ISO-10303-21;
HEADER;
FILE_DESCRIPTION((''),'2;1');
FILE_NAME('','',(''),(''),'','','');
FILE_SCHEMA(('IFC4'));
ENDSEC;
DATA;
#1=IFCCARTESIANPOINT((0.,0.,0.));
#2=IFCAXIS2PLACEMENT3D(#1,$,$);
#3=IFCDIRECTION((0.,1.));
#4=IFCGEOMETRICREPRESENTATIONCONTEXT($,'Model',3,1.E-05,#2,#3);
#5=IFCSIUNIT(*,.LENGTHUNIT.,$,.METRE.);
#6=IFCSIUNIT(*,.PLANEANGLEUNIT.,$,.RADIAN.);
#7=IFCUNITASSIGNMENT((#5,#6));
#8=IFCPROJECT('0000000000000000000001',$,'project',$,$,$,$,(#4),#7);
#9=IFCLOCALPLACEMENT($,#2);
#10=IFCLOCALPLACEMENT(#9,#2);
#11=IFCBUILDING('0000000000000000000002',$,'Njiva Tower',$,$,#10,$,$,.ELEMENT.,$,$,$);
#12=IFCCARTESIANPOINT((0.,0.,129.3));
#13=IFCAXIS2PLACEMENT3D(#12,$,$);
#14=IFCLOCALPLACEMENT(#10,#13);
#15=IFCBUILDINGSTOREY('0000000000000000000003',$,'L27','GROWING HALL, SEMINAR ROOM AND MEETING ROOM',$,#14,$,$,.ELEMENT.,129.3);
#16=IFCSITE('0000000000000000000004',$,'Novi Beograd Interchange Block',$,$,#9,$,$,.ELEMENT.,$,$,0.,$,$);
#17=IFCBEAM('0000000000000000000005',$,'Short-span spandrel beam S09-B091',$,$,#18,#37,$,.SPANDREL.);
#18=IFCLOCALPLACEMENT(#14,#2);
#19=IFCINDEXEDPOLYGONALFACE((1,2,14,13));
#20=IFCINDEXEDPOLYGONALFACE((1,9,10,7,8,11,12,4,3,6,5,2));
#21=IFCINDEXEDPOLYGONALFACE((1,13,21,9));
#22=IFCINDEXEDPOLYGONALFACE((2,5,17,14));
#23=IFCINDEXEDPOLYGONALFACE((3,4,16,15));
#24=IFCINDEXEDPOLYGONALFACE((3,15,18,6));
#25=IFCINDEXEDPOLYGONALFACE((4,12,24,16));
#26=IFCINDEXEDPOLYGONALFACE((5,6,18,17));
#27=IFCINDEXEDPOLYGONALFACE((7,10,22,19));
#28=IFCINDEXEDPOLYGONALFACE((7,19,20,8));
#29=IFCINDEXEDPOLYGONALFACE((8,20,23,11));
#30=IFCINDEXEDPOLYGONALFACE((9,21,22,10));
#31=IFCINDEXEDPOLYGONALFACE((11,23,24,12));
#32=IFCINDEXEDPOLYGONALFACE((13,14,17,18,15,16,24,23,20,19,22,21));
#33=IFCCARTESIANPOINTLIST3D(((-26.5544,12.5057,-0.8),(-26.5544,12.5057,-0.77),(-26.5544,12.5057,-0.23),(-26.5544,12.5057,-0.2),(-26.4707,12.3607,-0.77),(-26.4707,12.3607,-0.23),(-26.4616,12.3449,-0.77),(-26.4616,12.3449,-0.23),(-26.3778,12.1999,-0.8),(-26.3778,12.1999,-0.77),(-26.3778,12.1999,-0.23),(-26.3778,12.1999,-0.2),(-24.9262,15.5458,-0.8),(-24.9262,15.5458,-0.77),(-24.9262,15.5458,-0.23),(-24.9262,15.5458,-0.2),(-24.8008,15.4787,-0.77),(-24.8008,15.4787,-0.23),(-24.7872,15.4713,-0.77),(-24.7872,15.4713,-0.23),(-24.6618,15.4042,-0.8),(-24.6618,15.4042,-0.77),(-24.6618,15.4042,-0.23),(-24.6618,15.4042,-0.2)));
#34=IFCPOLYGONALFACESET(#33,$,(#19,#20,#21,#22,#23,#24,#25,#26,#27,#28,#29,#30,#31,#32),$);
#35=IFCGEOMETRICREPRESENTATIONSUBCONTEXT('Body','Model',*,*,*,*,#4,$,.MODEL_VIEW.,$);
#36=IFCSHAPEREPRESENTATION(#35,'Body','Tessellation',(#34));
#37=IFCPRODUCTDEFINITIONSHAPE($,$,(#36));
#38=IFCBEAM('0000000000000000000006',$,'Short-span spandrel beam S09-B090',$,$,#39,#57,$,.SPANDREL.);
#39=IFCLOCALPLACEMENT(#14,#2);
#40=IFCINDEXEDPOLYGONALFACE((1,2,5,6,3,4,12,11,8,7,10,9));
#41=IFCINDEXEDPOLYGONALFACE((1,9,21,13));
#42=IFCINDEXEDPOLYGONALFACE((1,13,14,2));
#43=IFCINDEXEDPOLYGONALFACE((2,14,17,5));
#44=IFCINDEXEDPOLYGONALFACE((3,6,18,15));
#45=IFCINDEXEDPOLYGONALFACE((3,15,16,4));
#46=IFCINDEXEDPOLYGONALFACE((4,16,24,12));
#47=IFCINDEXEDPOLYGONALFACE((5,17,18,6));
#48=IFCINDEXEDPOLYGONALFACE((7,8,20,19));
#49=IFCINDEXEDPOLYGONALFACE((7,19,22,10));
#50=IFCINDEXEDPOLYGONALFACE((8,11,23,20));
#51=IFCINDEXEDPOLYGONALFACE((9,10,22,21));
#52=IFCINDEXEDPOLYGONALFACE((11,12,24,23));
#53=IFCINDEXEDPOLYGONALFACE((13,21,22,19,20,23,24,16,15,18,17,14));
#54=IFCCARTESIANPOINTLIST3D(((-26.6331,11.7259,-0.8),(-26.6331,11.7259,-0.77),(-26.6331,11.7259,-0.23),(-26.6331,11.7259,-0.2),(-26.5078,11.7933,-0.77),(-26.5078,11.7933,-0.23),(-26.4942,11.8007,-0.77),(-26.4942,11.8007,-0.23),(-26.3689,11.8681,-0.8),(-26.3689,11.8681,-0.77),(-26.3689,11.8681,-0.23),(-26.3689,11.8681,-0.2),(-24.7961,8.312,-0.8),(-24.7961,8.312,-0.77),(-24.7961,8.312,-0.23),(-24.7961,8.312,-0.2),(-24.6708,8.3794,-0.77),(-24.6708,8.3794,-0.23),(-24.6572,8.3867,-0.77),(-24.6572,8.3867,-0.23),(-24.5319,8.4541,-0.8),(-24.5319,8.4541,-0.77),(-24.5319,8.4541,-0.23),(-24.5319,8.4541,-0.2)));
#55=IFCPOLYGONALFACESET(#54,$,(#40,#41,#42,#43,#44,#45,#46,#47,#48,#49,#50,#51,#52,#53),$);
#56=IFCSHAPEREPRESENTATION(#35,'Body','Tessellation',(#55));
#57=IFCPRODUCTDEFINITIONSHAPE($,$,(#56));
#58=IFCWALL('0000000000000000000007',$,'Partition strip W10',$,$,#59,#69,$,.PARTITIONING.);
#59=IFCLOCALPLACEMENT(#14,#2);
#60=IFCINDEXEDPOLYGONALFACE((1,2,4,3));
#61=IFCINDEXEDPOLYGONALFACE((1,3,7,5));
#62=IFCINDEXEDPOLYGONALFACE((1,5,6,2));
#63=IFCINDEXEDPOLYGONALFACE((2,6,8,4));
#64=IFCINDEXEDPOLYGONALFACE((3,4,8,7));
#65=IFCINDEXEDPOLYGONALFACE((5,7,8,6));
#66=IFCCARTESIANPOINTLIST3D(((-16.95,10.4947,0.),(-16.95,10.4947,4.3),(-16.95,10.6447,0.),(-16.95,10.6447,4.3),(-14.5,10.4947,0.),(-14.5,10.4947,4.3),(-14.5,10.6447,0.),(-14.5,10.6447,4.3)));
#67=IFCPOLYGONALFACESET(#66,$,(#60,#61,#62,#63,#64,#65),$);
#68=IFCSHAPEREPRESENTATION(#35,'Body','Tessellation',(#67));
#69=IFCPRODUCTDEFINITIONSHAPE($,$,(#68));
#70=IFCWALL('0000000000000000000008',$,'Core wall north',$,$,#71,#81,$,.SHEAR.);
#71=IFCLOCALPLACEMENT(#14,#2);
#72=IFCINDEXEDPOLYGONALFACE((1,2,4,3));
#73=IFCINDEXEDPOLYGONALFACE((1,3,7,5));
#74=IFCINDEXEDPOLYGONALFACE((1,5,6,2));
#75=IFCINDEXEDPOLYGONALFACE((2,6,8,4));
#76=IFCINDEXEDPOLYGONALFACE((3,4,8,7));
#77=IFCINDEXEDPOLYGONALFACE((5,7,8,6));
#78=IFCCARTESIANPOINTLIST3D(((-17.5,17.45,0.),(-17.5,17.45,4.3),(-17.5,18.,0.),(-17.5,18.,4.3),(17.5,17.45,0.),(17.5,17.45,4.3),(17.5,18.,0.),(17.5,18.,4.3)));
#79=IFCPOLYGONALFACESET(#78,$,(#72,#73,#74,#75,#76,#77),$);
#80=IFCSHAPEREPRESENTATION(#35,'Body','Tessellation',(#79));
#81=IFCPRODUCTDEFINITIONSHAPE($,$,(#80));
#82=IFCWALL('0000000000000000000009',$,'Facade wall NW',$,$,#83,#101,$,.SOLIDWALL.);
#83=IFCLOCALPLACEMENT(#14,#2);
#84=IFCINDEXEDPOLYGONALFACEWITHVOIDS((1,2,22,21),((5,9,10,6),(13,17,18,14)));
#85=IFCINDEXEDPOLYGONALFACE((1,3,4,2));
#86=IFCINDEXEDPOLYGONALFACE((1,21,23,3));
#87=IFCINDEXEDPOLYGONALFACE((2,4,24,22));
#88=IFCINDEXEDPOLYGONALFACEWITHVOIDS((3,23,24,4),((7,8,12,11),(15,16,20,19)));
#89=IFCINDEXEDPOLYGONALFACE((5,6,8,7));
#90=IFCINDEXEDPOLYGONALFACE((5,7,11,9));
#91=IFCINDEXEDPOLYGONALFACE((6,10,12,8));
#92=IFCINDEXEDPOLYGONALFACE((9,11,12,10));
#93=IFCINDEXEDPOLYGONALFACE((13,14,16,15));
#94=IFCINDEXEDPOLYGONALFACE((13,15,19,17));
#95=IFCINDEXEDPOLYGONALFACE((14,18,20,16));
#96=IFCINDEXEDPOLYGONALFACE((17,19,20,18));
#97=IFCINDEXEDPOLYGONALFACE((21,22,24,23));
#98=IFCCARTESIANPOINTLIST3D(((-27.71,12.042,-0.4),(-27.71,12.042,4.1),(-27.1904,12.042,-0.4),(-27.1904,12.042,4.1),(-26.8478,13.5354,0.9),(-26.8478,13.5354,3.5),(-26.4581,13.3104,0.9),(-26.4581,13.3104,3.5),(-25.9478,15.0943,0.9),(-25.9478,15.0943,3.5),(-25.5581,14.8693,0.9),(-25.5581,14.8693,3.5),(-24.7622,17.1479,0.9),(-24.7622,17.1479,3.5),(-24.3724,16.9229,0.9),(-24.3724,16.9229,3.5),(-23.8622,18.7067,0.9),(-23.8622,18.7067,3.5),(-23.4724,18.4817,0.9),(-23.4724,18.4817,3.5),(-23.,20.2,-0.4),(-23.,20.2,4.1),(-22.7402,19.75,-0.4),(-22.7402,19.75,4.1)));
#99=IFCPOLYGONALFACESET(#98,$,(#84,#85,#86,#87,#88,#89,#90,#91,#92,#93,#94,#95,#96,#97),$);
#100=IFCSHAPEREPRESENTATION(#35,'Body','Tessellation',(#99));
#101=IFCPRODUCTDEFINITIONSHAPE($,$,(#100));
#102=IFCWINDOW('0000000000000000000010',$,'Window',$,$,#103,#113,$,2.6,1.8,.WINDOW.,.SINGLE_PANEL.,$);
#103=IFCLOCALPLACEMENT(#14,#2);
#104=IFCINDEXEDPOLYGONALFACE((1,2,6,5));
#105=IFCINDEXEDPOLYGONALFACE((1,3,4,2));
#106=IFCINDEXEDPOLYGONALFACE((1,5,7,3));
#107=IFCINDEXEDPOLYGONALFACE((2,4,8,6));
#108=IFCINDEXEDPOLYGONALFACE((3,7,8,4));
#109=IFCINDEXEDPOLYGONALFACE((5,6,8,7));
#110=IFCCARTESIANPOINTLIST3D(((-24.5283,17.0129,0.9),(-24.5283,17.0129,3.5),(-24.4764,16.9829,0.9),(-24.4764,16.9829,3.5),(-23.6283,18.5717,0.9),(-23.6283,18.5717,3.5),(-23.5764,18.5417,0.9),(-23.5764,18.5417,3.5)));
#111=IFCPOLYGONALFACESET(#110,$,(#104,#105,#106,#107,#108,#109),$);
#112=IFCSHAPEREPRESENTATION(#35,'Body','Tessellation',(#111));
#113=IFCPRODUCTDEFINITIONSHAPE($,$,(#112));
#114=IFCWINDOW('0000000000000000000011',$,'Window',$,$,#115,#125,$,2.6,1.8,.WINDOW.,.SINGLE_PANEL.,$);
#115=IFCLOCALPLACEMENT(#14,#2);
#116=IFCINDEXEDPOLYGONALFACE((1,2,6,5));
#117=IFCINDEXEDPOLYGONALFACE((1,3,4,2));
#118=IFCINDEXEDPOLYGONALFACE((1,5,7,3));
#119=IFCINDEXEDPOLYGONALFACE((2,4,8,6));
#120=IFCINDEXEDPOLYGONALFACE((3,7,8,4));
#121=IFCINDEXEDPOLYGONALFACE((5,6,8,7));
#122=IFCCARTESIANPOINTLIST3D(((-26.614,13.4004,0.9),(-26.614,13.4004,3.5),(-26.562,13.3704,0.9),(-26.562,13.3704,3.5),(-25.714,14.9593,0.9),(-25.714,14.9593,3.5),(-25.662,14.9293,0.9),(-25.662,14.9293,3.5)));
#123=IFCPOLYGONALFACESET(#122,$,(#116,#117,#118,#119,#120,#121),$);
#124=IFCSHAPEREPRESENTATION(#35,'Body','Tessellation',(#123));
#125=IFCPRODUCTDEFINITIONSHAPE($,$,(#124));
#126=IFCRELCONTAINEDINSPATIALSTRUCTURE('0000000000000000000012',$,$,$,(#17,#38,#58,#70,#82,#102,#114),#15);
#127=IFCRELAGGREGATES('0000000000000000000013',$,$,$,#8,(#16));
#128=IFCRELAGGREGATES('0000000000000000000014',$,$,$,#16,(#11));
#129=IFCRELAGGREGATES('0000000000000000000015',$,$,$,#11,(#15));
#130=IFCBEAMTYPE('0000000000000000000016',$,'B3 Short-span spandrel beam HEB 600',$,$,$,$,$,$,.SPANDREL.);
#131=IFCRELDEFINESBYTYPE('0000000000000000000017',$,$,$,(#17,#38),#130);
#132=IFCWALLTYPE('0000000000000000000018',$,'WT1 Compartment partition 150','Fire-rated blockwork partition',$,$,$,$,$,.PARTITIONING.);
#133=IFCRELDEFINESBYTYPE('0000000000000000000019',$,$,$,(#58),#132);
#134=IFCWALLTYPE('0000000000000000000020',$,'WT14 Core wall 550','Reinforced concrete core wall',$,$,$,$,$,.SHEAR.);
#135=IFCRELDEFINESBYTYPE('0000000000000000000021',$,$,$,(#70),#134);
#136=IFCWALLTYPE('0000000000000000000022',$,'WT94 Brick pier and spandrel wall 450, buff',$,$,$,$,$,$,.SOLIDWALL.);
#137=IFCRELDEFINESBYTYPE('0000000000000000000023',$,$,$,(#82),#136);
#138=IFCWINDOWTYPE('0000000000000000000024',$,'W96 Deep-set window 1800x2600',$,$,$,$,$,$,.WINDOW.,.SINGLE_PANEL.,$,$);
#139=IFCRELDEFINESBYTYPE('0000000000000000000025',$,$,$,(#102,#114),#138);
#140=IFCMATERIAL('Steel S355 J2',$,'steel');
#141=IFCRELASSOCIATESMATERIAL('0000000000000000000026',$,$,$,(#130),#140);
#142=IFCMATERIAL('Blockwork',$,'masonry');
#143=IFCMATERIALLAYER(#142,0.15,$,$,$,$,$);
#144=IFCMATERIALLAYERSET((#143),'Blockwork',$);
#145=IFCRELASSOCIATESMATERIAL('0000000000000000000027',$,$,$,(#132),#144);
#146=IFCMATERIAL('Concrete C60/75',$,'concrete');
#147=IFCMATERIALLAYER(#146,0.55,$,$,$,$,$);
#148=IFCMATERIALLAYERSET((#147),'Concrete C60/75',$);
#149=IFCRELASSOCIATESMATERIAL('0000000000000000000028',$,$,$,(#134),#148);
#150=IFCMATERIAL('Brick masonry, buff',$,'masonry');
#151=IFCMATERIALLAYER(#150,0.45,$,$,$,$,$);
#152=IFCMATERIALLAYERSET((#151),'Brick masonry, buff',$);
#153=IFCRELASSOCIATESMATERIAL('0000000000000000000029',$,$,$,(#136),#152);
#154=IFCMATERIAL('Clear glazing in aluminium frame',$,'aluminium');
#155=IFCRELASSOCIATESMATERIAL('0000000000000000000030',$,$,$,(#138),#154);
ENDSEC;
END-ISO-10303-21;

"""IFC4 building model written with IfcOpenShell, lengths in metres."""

from ifc_helpers import new_model, si_unit, direction, frame, frame_2d, origin, origin_2d, place, context, subcontext, project, spatial, polyline, rectangle, i_section, outline, extrude, clip, halfspace, material, layer, layer_set, material_profile, profile_set, type_object, element, fill, save


model = new_model("IFC4")

# Units and contexts
model_context = context("Model", 3, precision=1e-05, world=origin(), true_north=direction((0.0, 1.0)))
body_context = subcontext(model_context, "Body", "Model", "MODEL_VIEW")
ifc_project = project(units=[si_unit("LENGTHUNIT", "METRE"), si_unit("PLANEANGLEUNIT", "RADIAN")], contexts=[model_context])

# Site, building, storey
site_placement = place(None, origin())
site = spatial("IfcSite", under=ifc_project, at=site_placement, Name="Novi Beograd Interchange Block", CompositionType="ELEMENT", RefElevation=0.0)
building_placement = place(site_placement, origin())
building = spatial("IfcBuilding", under=site, at=building_placement, Name="Njiva Tower", CompositionType="ELEMENT")
storey_placement = place(building_placement, frame((0.0, 0.0, 129.3)))
storey = spatial("IfcBuildingStorey", under=building, at=storey_placement, Name="L27", Description="GROWING HALL, SEMINAR ROOM AND MEETING ROOM", CompositionType="ELEMENT", Elevation=129.3)

# Shared definitions
ifc_material_1 = material(Name="Steel S355 J2", Category="steel")

# Beams
ifc_material_profile_1 = material_profile(ifc_material_1, i_section(OverallWidth=0.3, OverallDepth=0.6, WebThickness=0.0155, FlangeThickness=0.03, at=origin_2d()), Name="HEB 600")
ifc_profile_set_1 = profile_set([ifc_material_profile_1], Name="Steel S355 J2")
beam_type_1 = type_object("IfcBeamType", Name="B3 Short-span spandrel beam HEB 600", PredefinedType="SPANDREL", material=ifc_profile_set_1)
beam_1_placement = place(storey_placement, frame((-24.794, 15.475, -0.5), z_axis=(-0.472112, -0.881539, 0.0), x_axis=(0.881539, -0.472112, 0.0)))
element("IfcBeam", 1, at=beam_1_placement, inside=storey, type_object=beam_type_1, Name="Short-span spandrel beam S09-B091", PredefinedType="SPANDREL", context=body_context, shape_type="Clipping", body=[
    clip(extrude(i_section(OverallWidth=0.3, OverallDepth=0.6, WebThickness=0.0155, FlangeThickness=0.03, at=origin_2d()), origin(), (0.0, 0.0, 1.0), 3.6545), halfspace(frame((-0.0264, 0.0, 3.5254), z_axis=(-0.527381, 0.0, 0.849629), x_axis=(0.0, 1.0, 0.0)), False)),
])
beam_2_placement = place(storey_placement, frame((-26.501, 11.797, -0.5), z_axis=(0.473838, -0.880612, 0.0), x_axis=(0.880612, 0.473838, 0.0)))
element("IfcBeam", 2, at=beam_2_placement, inside=storey, type_object=beam_type_1, Name="Short-span spandrel beam S09-B090", PredefinedType="SPANDREL", context=body_context, shape_type="SweptSolid", body=[
    extrude(i_section(OverallWidth=0.3, OverallDepth=0.6, WebThickness=0.0155, FlangeThickness=0.03, at=origin_2d()), origin(), (0.0, 0.0, 1.0), 3.8768),
])

# Walls
ifc_material_2 = material(Name="Blockwork", Category="masonry")
ifc_layer_1 = layer(ifc_material_2, 0.15)
ifc_layer_set_1 = layer_set([ifc_layer_1], Name="Blockwork")
wall_type_1 = type_object("IfcWallType", Name="WT1 Compartment partition 150", Description="Fire-rated blockwork partition", PredefinedType="PARTITIONING", material=ifc_layer_set_1)
wall_1_placement = place(storey_placement, frame((-16.95, 10.5697, 0.0), z_axis=(0.0, 0.0, 1.0), x_axis=(1.0, 0.0, 0.0)))
element("IfcWall", 3, at=wall_1_placement, inside=storey, type_object=wall_type_1, Name="Partition strip W10", PredefinedType="PARTITIONING", context=body_context, shape_type="SweptSolid", body=[
    extrude(rectangle(XDim=2.45, YDim=0.15, at=frame_2d((1.225, 0.0))), origin(), (0.0, 0.0, 1.0), 4.3),
])
ifc_material_3 = material(Name="Concrete C60/75", Category="concrete")
ifc_layer_2 = layer(ifc_material_3, 0.55)
ifc_layer_set_2 = layer_set([ifc_layer_2], Name="Concrete C60/75")
wall_type_2 = type_object("IfcWallType", Name="WT14 Core wall 550", Description="Reinforced concrete core wall", PredefinedType="SHEAR", material=ifc_layer_set_2)
wall_2_placement = place(storey_placement, frame((-17.5, 17.725, 0.0), z_axis=(0.0, 0.0, 1.0), x_axis=(1.0, 0.0, 0.0)))
element("IfcWall", 4, at=wall_2_placement, inside=storey, type_object=wall_type_2, Name="Core wall north", PredefinedType="SHEAR", context=body_context, shape_type="SweptSolid", body=[
    extrude(rectangle(XDim=35.0, YDim=0.55, at=frame_2d((17.5, 0.0))), origin(), (0.0, 0.0, 1.0), 4.3),
])

# Wall, openings, windows
ifc_material_4 = material(Name="Clear glazing in aluminium frame", Category="aluminium")
ifc_material_5 = material(Name="Brick masonry, buff", Category="masonry")
ifc_layer_3 = layer(ifc_material_5, 0.45)
ifc_layer_set_3 = layer_set([ifc_layer_3], Name="Brick masonry, buff")
wall_type_3 = type_object("IfcWallType", Name="WT94 Brick pier and spandrel wall 450, buff", PredefinedType="SOLIDWALL", material=ifc_layer_set_3)
wall_3_placement = place(storey_placement, frame((-22.8701, 19.975, -0.4), z_axis=(0.0, 0.0, 1.0), x_axis=(-0.499998, -0.866026, 0.0)))
wall_3 = element("IfcWall", 5, at=wall_3_placement, inside=storey, type_object=wall_type_3, Name="Facade wall NW", PredefinedType="SOLIDWALL", context=body_context, shape_type="SweptSolid", body=[
    extrude(outline(polyline([(-0.1299, -0.225), (9.2901, -0.225), (9.0303, 0.225), (0.1299, 0.225), (-0.1299, -0.225)])), origin(), (0.0, 0.0, 1.0), 4.5),
])
opening_1_placement = place(wall_3_placement, frame((1.5944, 0.0, 1.3)))
opening_1 = element("IfcOpeningElement", 6, at=opening_1_placement, cuts=wall_3, PredefinedType="OPENING", context=body_context, shape_type="SweptSolid", body=[
    extrude(rectangle(XDim=1.8, YDim=2.6, at=frame_2d((0.9, 1.3))), frame((0.0, 0.235, 0.0), z_axis=(0.0, -1.0, 0.0), x_axis=(1.0, 0.0, 0.0)), (0.0, 0.0, 1.0), 0.47),
])
opening_2_placement = place(wall_3_placement, frame((5.7657, 0.0, 1.3)))
opening_2 = element("IfcOpeningElement", 7, at=opening_2_placement, cuts=wall_3, PredefinedType="OPENING", context=body_context, shape_type="SweptSolid", body=[
    extrude(rectangle(XDim=1.8, YDim=2.6, at=frame_2d((0.9, 1.3))), frame((0.0, 0.235, 0.0), z_axis=(0.0, -1.0, 0.0), x_axis=(1.0, 0.0, 0.0)), (0.0, 0.0, 1.0), 0.47),
])
window_type_1 = type_object("IfcWindowType", Name="W96 Deep-set window 1800x2600", PartitioningType="SINGLE_PANEL", PredefinedType="WINDOW", material=ifc_material_4)
window_1_placement = place(opening_1_placement, origin())
window_1 = element("IfcWindow", 8, at=window_1_placement, inside=storey, type_object=window_type_1, Name="Window", OverallHeight=2.6, OverallWidth=1.8, PartitioningType="SINGLE_PANEL", PredefinedType="WINDOW", context=body_context, shape_type="SweptSolid", body=[
    extrude(rectangle(XDim=1.8, YDim=2.6, at=frame_2d((0.9, 1.3))), frame((0.0, 0.105, 0.0), z_axis=(0.0, -1.0, 0.0), x_axis=(1.0, 0.0, 0.0)), (0.0, 0.0, 1.0), 0.06),
])
fill(opening_1, window_1)
window_2_placement = place(opening_2_placement, origin())
window_2 = element("IfcWindow", 9, at=window_2_placement, inside=storey, type_object=window_type_1, Name="Window", OverallHeight=2.6, OverallWidth=1.8, PartitioningType="SINGLE_PANEL", PredefinedType="WINDOW", context=body_context, shape_type="SweptSolid", body=[
    extrude(rectangle(XDim=1.8, YDim=2.6, at=frame_2d((0.9, 1.3))), frame((0.0, 0.105, 0.0), z_axis=(0.0, -1.0, 0.0), x_axis=(1.0, 0.0, 0.0)), (0.0, 0.0, 1.0), 0.06),
])
fill(opening_2, window_2)

save(model, "model.ifc")
